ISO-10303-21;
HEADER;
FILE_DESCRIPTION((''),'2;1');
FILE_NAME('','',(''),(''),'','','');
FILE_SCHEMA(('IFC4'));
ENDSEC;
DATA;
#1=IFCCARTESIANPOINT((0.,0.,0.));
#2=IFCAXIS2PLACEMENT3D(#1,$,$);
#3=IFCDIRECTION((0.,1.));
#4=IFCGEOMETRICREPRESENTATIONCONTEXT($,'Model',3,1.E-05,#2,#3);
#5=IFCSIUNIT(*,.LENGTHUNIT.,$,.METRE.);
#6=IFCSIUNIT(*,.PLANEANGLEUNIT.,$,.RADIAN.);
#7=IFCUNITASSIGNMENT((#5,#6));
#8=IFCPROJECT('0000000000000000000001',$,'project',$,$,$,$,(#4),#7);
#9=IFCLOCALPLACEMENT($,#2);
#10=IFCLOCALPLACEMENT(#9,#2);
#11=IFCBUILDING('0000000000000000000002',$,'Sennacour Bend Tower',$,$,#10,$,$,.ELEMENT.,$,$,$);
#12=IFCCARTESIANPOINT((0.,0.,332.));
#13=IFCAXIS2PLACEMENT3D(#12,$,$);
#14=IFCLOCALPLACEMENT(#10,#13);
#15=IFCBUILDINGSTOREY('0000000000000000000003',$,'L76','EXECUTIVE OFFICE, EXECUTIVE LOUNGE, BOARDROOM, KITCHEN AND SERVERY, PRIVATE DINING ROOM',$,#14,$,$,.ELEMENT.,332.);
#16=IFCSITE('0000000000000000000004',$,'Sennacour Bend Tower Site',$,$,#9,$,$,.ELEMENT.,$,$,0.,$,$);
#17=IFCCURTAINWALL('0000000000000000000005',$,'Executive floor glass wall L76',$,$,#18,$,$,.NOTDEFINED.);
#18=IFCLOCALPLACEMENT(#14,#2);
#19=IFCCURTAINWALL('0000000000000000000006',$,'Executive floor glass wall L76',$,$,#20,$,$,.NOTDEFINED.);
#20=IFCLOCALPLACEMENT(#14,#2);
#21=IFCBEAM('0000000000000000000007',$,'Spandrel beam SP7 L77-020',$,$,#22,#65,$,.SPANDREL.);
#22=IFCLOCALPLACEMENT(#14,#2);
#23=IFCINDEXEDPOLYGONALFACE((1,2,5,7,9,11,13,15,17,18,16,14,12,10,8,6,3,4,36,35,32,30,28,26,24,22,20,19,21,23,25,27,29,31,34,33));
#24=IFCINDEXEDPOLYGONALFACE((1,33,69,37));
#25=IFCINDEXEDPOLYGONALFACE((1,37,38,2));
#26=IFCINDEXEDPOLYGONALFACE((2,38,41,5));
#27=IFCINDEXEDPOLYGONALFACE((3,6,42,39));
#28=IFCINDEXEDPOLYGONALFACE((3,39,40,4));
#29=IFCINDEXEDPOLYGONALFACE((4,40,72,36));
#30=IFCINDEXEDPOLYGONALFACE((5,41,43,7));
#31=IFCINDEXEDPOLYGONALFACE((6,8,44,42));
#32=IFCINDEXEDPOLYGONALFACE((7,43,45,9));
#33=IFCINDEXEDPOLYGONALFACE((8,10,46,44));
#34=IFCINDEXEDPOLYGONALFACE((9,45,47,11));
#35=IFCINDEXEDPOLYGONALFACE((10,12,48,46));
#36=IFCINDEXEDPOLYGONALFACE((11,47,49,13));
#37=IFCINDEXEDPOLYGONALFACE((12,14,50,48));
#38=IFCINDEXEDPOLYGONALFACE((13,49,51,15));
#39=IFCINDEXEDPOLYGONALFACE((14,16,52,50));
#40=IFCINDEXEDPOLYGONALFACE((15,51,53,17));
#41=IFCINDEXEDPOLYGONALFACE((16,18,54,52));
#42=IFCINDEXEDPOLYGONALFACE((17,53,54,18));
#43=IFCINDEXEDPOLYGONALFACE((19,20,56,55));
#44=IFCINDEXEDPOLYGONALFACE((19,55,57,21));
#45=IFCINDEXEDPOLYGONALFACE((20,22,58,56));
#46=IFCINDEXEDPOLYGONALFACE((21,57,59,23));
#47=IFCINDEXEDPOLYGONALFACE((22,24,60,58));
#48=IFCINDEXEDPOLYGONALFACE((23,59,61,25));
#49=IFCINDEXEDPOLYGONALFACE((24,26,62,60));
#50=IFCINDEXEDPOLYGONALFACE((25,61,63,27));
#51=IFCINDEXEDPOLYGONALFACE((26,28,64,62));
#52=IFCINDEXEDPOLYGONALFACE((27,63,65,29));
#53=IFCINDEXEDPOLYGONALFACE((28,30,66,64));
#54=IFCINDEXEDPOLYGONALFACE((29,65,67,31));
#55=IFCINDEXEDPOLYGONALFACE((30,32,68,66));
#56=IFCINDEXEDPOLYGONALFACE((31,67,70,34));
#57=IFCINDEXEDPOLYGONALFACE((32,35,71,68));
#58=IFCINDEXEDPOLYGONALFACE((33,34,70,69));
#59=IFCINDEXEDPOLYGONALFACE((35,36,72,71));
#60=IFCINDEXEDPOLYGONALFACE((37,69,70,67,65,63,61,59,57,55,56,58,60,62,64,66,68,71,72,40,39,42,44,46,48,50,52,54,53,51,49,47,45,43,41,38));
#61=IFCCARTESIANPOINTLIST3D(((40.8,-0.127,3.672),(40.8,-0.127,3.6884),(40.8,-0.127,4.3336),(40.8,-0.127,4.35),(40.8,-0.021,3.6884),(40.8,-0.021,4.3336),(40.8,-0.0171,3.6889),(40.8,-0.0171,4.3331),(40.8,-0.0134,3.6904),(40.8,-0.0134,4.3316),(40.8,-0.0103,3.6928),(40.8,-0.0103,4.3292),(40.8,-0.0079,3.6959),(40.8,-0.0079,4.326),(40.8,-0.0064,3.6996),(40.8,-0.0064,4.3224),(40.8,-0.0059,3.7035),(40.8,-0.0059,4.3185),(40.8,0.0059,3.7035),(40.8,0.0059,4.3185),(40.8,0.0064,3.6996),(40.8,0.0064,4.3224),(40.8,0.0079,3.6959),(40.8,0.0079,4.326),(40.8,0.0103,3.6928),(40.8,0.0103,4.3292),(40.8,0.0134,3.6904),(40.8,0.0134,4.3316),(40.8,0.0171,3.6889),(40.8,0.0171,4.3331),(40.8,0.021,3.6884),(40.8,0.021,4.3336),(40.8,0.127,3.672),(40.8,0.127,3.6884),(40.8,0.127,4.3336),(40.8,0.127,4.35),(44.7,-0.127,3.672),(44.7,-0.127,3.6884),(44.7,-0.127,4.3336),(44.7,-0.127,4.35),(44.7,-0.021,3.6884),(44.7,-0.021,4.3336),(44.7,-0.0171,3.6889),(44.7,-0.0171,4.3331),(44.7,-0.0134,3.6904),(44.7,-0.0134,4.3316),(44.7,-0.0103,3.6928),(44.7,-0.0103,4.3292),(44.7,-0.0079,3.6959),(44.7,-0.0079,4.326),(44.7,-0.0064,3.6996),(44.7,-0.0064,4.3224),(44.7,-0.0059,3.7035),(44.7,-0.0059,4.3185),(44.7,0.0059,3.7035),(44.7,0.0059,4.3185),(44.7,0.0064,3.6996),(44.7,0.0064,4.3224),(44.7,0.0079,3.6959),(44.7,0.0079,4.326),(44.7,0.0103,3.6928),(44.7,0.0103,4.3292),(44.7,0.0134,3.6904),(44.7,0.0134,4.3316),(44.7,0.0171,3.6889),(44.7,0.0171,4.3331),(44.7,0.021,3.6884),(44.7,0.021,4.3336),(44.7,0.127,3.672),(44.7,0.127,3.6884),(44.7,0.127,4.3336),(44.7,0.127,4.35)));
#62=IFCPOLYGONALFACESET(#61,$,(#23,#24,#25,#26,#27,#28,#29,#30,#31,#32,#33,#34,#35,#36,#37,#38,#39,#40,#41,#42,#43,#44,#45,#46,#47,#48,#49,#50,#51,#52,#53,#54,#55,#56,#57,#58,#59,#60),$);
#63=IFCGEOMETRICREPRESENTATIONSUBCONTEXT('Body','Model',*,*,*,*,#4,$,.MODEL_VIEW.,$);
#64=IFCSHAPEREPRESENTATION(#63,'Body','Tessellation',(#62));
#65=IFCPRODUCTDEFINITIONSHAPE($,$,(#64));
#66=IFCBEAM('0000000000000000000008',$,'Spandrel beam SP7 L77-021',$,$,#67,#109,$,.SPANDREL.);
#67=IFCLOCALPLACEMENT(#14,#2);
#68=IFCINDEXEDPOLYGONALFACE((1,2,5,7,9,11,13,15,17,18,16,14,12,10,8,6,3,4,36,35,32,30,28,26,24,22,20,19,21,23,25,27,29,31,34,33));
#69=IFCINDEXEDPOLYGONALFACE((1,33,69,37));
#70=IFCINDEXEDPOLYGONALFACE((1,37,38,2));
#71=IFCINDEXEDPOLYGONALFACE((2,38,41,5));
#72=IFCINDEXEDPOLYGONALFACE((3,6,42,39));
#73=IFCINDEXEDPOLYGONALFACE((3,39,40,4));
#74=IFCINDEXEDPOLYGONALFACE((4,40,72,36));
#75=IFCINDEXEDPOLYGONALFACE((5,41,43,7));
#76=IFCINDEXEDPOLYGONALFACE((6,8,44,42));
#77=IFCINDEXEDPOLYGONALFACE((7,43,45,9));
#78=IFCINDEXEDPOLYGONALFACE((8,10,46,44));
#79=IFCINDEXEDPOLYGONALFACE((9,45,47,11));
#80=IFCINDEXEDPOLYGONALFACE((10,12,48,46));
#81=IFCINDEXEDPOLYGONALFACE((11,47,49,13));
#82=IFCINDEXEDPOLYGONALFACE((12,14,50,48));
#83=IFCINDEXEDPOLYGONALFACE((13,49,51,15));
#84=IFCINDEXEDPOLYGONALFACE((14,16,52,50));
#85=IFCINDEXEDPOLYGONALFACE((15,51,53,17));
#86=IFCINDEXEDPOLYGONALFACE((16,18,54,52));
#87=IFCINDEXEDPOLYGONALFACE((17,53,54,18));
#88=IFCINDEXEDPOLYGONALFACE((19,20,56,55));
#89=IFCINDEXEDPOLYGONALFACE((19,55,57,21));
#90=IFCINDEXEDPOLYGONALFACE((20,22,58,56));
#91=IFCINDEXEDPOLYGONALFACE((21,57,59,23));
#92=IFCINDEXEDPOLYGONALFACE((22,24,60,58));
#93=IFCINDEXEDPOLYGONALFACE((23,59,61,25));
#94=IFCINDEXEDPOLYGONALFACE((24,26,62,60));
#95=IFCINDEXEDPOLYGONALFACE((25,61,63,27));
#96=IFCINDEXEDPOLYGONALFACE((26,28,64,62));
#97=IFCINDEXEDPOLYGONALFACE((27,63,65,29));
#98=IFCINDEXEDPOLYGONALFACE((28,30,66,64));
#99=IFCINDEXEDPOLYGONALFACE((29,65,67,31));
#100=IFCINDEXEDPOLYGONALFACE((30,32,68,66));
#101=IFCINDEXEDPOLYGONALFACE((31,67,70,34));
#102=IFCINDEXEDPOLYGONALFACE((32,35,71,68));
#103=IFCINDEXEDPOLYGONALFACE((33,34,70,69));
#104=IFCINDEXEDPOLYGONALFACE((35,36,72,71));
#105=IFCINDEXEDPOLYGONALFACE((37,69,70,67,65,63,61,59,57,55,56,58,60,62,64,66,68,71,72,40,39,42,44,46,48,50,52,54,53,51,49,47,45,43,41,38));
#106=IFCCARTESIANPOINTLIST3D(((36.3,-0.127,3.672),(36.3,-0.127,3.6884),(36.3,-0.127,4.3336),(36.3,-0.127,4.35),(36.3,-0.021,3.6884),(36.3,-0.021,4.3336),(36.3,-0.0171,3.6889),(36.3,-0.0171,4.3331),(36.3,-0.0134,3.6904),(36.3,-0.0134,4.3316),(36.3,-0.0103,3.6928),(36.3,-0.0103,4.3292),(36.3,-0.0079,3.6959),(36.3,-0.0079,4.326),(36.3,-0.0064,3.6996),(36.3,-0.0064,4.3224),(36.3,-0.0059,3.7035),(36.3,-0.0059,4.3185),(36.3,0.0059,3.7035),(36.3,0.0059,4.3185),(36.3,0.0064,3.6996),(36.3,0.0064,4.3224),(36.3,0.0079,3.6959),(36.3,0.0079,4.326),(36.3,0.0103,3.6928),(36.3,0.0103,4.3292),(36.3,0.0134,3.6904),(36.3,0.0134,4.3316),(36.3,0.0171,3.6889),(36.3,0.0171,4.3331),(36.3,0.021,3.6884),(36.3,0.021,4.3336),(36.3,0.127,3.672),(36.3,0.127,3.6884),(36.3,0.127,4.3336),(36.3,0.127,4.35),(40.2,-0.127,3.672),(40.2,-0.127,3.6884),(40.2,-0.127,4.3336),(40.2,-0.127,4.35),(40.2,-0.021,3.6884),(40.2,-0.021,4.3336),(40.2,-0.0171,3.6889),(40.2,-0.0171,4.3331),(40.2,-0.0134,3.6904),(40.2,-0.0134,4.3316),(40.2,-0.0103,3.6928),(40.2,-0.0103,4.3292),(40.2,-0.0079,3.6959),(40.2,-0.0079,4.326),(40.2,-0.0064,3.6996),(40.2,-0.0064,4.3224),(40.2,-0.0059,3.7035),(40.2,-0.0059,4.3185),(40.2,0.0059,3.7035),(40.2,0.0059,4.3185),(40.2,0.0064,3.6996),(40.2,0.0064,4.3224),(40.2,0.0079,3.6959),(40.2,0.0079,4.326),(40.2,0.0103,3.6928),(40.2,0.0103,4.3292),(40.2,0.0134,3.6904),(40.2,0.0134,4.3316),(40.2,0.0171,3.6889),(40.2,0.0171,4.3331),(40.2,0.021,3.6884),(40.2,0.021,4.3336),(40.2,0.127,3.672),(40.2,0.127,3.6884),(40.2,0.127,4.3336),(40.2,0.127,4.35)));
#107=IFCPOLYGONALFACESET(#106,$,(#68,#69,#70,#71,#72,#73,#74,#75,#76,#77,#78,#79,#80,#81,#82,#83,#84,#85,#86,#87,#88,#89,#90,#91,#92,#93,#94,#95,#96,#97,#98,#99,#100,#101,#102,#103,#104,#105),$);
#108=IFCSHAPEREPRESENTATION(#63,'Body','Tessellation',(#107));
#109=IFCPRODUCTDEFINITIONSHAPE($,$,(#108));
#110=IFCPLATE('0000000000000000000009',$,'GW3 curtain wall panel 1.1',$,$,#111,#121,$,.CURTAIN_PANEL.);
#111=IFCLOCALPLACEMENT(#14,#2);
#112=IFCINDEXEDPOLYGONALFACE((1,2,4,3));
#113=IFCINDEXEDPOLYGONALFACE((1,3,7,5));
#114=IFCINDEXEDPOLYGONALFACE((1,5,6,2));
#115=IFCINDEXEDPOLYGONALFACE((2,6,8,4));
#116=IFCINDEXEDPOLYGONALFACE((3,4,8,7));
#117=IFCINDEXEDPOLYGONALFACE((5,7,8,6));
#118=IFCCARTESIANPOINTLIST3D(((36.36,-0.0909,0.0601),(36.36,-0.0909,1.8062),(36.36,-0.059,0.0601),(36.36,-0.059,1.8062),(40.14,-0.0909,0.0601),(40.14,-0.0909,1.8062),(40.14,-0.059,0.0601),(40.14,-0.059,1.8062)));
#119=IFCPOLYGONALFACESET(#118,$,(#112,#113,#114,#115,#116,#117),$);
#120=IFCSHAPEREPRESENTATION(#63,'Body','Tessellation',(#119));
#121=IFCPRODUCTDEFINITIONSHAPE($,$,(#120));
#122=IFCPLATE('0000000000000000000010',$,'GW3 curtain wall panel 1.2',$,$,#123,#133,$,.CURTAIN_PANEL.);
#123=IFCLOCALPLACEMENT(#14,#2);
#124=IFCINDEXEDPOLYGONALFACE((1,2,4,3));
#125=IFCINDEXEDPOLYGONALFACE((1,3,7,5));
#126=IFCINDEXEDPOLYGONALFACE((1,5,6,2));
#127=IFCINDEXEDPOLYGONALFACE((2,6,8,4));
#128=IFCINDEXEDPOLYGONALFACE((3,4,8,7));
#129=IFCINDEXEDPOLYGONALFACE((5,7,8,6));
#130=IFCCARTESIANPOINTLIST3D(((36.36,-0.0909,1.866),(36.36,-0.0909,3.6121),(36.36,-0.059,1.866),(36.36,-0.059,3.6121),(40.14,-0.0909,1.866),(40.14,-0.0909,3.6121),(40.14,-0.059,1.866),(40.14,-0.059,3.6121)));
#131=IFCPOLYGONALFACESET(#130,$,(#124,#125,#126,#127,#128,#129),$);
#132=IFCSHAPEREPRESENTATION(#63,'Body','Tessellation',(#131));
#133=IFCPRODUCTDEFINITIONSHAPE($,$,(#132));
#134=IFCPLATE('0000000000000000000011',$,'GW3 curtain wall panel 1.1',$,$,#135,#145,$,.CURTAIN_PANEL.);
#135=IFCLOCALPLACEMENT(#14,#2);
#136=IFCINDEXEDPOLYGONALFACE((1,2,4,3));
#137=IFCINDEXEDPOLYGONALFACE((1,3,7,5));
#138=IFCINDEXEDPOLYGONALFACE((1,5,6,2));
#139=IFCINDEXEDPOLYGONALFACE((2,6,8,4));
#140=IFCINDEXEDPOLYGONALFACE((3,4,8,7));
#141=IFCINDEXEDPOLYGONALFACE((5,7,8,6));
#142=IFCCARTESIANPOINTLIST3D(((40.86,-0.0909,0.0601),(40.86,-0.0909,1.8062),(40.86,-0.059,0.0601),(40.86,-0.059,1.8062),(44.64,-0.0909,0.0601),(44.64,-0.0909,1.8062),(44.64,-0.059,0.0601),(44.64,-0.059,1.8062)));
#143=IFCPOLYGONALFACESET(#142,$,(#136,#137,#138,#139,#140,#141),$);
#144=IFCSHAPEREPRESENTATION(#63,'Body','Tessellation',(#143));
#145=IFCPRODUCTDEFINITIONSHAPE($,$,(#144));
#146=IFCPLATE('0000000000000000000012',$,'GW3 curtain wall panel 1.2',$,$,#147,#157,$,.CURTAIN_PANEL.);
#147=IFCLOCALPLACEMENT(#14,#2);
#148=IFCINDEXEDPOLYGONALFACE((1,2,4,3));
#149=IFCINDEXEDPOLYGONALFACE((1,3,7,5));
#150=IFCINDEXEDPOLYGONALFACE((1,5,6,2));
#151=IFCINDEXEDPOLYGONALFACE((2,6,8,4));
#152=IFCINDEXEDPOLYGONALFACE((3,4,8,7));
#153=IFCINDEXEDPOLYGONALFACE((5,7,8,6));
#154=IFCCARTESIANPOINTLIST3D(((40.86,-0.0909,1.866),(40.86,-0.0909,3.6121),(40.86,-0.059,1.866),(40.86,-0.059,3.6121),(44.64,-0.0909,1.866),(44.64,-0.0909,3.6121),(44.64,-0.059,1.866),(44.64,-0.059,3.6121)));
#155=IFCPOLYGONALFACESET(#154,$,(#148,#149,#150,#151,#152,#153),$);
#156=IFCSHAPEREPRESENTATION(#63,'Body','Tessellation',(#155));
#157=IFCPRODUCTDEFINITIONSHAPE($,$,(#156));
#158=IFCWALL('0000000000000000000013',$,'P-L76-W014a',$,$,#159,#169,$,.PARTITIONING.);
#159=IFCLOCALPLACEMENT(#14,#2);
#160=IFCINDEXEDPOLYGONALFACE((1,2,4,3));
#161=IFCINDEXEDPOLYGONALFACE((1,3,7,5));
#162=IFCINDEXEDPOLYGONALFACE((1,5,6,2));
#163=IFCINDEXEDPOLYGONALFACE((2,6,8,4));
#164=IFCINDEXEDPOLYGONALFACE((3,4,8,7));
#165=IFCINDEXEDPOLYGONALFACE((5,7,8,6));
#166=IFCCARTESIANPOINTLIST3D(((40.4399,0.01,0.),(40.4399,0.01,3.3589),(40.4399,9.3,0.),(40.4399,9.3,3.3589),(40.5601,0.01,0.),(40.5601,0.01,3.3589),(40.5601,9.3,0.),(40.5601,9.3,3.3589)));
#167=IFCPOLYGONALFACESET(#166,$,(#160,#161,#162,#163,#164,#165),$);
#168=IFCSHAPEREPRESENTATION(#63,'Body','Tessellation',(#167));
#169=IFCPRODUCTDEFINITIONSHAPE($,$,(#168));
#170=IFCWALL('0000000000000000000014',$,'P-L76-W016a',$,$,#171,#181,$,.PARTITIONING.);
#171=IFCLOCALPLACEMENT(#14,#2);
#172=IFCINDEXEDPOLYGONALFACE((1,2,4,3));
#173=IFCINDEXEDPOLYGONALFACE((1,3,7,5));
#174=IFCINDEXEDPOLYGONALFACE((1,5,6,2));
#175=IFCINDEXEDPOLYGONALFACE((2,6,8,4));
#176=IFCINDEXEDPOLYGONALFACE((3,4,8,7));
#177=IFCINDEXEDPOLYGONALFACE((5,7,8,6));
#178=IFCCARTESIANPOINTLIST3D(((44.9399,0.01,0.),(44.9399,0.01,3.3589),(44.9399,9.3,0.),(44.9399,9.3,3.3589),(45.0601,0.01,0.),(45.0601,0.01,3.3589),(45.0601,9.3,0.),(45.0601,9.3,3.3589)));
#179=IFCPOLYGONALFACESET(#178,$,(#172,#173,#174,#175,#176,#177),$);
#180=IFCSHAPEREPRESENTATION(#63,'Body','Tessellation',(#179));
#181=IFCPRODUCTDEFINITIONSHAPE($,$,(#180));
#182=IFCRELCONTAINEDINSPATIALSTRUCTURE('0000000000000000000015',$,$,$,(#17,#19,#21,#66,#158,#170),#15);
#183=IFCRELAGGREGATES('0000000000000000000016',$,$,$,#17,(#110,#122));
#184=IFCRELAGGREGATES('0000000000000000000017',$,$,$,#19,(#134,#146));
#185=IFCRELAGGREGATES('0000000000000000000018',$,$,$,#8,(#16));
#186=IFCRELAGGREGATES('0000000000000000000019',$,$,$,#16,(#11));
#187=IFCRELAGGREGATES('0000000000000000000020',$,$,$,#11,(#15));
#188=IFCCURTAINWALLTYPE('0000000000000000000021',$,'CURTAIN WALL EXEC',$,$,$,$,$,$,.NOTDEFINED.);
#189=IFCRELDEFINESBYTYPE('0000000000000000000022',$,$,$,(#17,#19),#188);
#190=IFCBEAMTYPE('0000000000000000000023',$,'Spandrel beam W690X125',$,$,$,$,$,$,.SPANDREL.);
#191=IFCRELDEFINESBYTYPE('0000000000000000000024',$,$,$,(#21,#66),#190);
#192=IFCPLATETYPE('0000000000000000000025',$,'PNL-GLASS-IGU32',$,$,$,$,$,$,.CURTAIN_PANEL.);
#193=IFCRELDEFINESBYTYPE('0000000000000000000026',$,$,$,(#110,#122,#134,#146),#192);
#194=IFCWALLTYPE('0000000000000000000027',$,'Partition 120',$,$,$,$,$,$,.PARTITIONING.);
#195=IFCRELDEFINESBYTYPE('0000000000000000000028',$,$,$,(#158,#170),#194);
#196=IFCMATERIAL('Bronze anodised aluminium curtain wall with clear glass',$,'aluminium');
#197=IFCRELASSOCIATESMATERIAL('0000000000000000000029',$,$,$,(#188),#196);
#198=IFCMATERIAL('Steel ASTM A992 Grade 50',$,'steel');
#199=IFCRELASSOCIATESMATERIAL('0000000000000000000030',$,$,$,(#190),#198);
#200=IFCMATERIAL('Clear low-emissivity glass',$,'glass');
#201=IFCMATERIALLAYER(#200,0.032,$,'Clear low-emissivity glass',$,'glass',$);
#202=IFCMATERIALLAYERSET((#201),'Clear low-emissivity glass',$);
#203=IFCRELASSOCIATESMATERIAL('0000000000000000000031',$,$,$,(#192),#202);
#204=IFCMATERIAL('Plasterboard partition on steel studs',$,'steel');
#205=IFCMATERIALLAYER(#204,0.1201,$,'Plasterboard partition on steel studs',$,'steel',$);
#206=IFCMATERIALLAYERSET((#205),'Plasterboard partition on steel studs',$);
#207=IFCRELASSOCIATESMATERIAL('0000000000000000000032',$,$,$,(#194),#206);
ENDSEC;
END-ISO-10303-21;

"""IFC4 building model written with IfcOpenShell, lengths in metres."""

from ifc_helpers import new_model, si_unit, direction, frame, frame_2d, origin, origin_2d, place, context, subcontext, project, spatial, rectangle, i_section, extrude, material, layer, layer_set, material_profile, profile_set, type_object, element, aggregate, save


model = new_model("IFC4")

# Units and contexts
model_context = context("Model", 3, precision=1e-05, world=origin(), true_north=direction((0.0, 1.0)))
body_context = subcontext(model_context, "Body", "Model", "MODEL_VIEW")
ifc_project = project(units=[si_unit("LENGTHUNIT", "METRE"), si_unit("PLANEANGLEUNIT", "RADIAN")], contexts=[model_context])

# Site, building, storey
site_placement = place(None, origin())
site = spatial("IfcSite", under=ifc_project, at=site_placement, Name="Sennacour Bend Tower Site", CompositionType="ELEMENT", RefElevation=0.0)
building_placement = place(site_placement, origin())
building = spatial("IfcBuilding", under=site, at=building_placement, Name="Sennacour Bend Tower", CompositionType="ELEMENT")
storey_placement = place(building_placement, frame((0.0, 0.0, 332.0)))
storey = spatial("IfcBuildingStorey", under=building, at=storey_placement, Name="L76", Description="EXECUTIVE OFFICE, EXECUTIVE LOUNGE, BOARDROOM, KITCHEN AND SERVERY, PRIVATE DINING ROOM", CompositionType="ELEMENT", Elevation=332.0)

# Curtain wall
ifc_material_1 = material(Name="Bronze anodised aluminium curtain wall with clear glass", Category="aluminium")
curtain_wall_type = type_object("IfcCurtainWallType", Name="CURTAIN WALL EXEC", PredefinedType="NOTDEFINED", material=ifc_material_1)
curtain_wall_1_placement = place(storey_placement, origin())
curtain_wall_1 = element("IfcCurtainWall", 1, at=curtain_wall_1_placement, inside=storey, type_object=curtain_wall_type, Name="Executive floor glass wall L76", PredefinedType="NOTDEFINED")

# Curtain wall
curtain_wall_2_placement = place(storey_placement, origin())
curtain_wall_2 = element("IfcCurtainWall", 2, at=curtain_wall_2_placement, inside=storey, type_object=curtain_wall_type, Name="Executive floor glass wall L76", PredefinedType="NOTDEFINED")

# Beams
ifc_material_2 = material(Name="Steel ASTM A992 Grade 50", Category="steel")
ifc_material_profile_1 = material_profile(ifc_material_2, i_section(OverallWidth=0.2539, OverallDepth=0.678, WebThickness=0.0117, FlangeThickness=0.0164, FilletRadius=0.0151, at=origin_2d()), Name="Steel ASTM A992 Grade 50", Category="steel")
ifc_profile_set_1 = profile_set([ifc_material_profile_1], Name="Steel ASTM A992 Grade 50")
beam_type_1 = type_object("IfcBeamType", Name="Spandrel beam W690X125", PredefinedType="SPANDREL", material=ifc_profile_set_1)
for number, where, z_axis, x_axis, name in (
    (3, (44.7, 0.0, 4.011), (-1.0, 0.0, 0.0), (0.0, -1.0, 0.0), "Spandrel beam SP7 L77-020"),
    (4, (40.2, 0.0, 4.011), (-1.0, 0.0, 0.0), (0.0, -1.0, 0.0), "Spandrel beam SP7 L77-021"),
):
    element("IfcBeam", number, at=place(storey_placement, frame(where, z_axis=z_axis, x_axis=x_axis)), inside=storey, type_object=beam_type_1, Name=name, PredefinedType="SPANDREL", context=body_context, shape_type="SweptSolid", body=[
        extrude(i_section(OverallWidth=0.2539, OverallDepth=0.678, WebThickness=0.0117, FlangeThickness=0.0164, FilletRadius=0.0151, at=origin_2d()), origin(), (0.0, 0.0, 1.0), 3.8999),
    ])

# Plates
ifc_material_3 = material(Name="Clear low-emissivity glass", Category="glass")
ifc_layer_1 = layer(ifc_material_3, 0.032, Name="Clear low-emissivity glass", Category="glass")
ifc_layer_set_1 = layer_set([ifc_layer_1], Name="Clear low-emissivity glass")
plate_type = type_object("IfcPlateType", Name="PNL-GLASS-IGU32", PredefinedType="CURTAIN_PANEL", material=ifc_layer_set_1)
plate_1_placement = place(storey_placement, frame((38.25, -0.075, 0.0601), z_axis=(0.0, 0.0, 1.0), x_axis=(1.0, 0.0, 0.0)))
plate_1 = element("IfcPlate", 5, at=plate_1_placement, type_object=plate_type, Name="GW3 curtain wall panel 1.1", PredefinedType="CURTAIN_PANEL", context=body_context, shape_type="SweptSolid", body=[
    extrude(rectangle(XDim=3.78, YDim=0.032, at=origin_2d()), origin(), (0.0, 0.0, 1.0), 1.7461),
])
plate_2_placement = place(storey_placement, frame((38.25, -0.075, 1.866), z_axis=(0.0, 0.0, 1.0), x_axis=(1.0, 0.0, 0.0)))
plate_2 = element("IfcPlate", 6, at=plate_2_placement, type_object=plate_type, Name="GW3 curtain wall panel 1.2", PredefinedType="CURTAIN_PANEL", context=body_context, shape_type="SweptSolid", body=[
    extrude(rectangle(XDim=3.78, YDim=0.032, at=origin_2d()), origin(), (0.0, 0.0, 1.0), 1.7461),
])
aggregate(curtain_wall_1, [plate_1, plate_2])
plate_3_placement = place(storey_placement, frame((42.75, -0.075, 0.0601), z_axis=(0.0, 0.0, 1.0), x_axis=(1.0, 0.0, 0.0)))
plate_3 = element("IfcPlate", 7, at=plate_3_placement, type_object=plate_type, Name="GW3 curtain wall panel 1.1", PredefinedType="CURTAIN_PANEL", context=body_context, shape_type="SweptSolid", body=[
    extrude(rectangle(XDim=3.78, YDim=0.032, at=origin_2d()), origin(), (0.0, 0.0, 1.0), 1.7461),
])
plate_4_placement = place(storey_placement, frame((42.75, -0.075, 1.866), z_axis=(0.0, 0.0, 1.0), x_axis=(1.0, 0.0, 0.0)))
plate_4 = element("IfcPlate", 8, at=plate_4_placement, type_object=plate_type, Name="GW3 curtain wall panel 1.2", PredefinedType="CURTAIN_PANEL", context=body_context, shape_type="SweptSolid", body=[
    extrude(rectangle(XDim=3.78, YDim=0.032, at=origin_2d()), origin(), (0.0, 0.0, 1.0), 1.7461),
])
aggregate(curtain_wall_2, [plate_3, plate_4])

# Walls
ifc_material_4 = material(Name="Plasterboard partition on steel studs", Category="steel")
ifc_layer_2 = layer(ifc_material_4, 0.1201, Name="Plasterboard partition on steel studs", Category="steel")
ifc_layer_set_2 = layer_set([ifc_layer_2], Name="Plasterboard partition on steel studs")
wall_type = type_object("IfcWallType", Name="Partition 120", PredefinedType="PARTITIONING", material=ifc_layer_set_2)
for number, where, z_axis, x_axis, name in (
    (9, (40.5, 0.01, 0.0), (0.0, 0.0, 1.0), (0.0, 1.0, 0.0), "P-L76-W014a"),
    (10, (45.0, 0.01, 0.0), (0.0, 0.0, 1.0), (0.0, 1.0, 0.0), "P-L76-W016a"),
):
    element("IfcWall", number, at=place(storey_placement, frame(where, z_axis=z_axis, x_axis=x_axis)), inside=storey, type_object=wall_type, Name=name, PredefinedType="PARTITIONING", context=body_context, shape_type="SweptSolid", body=[
        extrude(rectangle(XDim=9.29, YDim=0.1201, at=frame_2d((4.645, 0.0))), origin(), (0.0, 0.0, 1.0), 3.3589),
    ])

save(model, "model.ifc")
